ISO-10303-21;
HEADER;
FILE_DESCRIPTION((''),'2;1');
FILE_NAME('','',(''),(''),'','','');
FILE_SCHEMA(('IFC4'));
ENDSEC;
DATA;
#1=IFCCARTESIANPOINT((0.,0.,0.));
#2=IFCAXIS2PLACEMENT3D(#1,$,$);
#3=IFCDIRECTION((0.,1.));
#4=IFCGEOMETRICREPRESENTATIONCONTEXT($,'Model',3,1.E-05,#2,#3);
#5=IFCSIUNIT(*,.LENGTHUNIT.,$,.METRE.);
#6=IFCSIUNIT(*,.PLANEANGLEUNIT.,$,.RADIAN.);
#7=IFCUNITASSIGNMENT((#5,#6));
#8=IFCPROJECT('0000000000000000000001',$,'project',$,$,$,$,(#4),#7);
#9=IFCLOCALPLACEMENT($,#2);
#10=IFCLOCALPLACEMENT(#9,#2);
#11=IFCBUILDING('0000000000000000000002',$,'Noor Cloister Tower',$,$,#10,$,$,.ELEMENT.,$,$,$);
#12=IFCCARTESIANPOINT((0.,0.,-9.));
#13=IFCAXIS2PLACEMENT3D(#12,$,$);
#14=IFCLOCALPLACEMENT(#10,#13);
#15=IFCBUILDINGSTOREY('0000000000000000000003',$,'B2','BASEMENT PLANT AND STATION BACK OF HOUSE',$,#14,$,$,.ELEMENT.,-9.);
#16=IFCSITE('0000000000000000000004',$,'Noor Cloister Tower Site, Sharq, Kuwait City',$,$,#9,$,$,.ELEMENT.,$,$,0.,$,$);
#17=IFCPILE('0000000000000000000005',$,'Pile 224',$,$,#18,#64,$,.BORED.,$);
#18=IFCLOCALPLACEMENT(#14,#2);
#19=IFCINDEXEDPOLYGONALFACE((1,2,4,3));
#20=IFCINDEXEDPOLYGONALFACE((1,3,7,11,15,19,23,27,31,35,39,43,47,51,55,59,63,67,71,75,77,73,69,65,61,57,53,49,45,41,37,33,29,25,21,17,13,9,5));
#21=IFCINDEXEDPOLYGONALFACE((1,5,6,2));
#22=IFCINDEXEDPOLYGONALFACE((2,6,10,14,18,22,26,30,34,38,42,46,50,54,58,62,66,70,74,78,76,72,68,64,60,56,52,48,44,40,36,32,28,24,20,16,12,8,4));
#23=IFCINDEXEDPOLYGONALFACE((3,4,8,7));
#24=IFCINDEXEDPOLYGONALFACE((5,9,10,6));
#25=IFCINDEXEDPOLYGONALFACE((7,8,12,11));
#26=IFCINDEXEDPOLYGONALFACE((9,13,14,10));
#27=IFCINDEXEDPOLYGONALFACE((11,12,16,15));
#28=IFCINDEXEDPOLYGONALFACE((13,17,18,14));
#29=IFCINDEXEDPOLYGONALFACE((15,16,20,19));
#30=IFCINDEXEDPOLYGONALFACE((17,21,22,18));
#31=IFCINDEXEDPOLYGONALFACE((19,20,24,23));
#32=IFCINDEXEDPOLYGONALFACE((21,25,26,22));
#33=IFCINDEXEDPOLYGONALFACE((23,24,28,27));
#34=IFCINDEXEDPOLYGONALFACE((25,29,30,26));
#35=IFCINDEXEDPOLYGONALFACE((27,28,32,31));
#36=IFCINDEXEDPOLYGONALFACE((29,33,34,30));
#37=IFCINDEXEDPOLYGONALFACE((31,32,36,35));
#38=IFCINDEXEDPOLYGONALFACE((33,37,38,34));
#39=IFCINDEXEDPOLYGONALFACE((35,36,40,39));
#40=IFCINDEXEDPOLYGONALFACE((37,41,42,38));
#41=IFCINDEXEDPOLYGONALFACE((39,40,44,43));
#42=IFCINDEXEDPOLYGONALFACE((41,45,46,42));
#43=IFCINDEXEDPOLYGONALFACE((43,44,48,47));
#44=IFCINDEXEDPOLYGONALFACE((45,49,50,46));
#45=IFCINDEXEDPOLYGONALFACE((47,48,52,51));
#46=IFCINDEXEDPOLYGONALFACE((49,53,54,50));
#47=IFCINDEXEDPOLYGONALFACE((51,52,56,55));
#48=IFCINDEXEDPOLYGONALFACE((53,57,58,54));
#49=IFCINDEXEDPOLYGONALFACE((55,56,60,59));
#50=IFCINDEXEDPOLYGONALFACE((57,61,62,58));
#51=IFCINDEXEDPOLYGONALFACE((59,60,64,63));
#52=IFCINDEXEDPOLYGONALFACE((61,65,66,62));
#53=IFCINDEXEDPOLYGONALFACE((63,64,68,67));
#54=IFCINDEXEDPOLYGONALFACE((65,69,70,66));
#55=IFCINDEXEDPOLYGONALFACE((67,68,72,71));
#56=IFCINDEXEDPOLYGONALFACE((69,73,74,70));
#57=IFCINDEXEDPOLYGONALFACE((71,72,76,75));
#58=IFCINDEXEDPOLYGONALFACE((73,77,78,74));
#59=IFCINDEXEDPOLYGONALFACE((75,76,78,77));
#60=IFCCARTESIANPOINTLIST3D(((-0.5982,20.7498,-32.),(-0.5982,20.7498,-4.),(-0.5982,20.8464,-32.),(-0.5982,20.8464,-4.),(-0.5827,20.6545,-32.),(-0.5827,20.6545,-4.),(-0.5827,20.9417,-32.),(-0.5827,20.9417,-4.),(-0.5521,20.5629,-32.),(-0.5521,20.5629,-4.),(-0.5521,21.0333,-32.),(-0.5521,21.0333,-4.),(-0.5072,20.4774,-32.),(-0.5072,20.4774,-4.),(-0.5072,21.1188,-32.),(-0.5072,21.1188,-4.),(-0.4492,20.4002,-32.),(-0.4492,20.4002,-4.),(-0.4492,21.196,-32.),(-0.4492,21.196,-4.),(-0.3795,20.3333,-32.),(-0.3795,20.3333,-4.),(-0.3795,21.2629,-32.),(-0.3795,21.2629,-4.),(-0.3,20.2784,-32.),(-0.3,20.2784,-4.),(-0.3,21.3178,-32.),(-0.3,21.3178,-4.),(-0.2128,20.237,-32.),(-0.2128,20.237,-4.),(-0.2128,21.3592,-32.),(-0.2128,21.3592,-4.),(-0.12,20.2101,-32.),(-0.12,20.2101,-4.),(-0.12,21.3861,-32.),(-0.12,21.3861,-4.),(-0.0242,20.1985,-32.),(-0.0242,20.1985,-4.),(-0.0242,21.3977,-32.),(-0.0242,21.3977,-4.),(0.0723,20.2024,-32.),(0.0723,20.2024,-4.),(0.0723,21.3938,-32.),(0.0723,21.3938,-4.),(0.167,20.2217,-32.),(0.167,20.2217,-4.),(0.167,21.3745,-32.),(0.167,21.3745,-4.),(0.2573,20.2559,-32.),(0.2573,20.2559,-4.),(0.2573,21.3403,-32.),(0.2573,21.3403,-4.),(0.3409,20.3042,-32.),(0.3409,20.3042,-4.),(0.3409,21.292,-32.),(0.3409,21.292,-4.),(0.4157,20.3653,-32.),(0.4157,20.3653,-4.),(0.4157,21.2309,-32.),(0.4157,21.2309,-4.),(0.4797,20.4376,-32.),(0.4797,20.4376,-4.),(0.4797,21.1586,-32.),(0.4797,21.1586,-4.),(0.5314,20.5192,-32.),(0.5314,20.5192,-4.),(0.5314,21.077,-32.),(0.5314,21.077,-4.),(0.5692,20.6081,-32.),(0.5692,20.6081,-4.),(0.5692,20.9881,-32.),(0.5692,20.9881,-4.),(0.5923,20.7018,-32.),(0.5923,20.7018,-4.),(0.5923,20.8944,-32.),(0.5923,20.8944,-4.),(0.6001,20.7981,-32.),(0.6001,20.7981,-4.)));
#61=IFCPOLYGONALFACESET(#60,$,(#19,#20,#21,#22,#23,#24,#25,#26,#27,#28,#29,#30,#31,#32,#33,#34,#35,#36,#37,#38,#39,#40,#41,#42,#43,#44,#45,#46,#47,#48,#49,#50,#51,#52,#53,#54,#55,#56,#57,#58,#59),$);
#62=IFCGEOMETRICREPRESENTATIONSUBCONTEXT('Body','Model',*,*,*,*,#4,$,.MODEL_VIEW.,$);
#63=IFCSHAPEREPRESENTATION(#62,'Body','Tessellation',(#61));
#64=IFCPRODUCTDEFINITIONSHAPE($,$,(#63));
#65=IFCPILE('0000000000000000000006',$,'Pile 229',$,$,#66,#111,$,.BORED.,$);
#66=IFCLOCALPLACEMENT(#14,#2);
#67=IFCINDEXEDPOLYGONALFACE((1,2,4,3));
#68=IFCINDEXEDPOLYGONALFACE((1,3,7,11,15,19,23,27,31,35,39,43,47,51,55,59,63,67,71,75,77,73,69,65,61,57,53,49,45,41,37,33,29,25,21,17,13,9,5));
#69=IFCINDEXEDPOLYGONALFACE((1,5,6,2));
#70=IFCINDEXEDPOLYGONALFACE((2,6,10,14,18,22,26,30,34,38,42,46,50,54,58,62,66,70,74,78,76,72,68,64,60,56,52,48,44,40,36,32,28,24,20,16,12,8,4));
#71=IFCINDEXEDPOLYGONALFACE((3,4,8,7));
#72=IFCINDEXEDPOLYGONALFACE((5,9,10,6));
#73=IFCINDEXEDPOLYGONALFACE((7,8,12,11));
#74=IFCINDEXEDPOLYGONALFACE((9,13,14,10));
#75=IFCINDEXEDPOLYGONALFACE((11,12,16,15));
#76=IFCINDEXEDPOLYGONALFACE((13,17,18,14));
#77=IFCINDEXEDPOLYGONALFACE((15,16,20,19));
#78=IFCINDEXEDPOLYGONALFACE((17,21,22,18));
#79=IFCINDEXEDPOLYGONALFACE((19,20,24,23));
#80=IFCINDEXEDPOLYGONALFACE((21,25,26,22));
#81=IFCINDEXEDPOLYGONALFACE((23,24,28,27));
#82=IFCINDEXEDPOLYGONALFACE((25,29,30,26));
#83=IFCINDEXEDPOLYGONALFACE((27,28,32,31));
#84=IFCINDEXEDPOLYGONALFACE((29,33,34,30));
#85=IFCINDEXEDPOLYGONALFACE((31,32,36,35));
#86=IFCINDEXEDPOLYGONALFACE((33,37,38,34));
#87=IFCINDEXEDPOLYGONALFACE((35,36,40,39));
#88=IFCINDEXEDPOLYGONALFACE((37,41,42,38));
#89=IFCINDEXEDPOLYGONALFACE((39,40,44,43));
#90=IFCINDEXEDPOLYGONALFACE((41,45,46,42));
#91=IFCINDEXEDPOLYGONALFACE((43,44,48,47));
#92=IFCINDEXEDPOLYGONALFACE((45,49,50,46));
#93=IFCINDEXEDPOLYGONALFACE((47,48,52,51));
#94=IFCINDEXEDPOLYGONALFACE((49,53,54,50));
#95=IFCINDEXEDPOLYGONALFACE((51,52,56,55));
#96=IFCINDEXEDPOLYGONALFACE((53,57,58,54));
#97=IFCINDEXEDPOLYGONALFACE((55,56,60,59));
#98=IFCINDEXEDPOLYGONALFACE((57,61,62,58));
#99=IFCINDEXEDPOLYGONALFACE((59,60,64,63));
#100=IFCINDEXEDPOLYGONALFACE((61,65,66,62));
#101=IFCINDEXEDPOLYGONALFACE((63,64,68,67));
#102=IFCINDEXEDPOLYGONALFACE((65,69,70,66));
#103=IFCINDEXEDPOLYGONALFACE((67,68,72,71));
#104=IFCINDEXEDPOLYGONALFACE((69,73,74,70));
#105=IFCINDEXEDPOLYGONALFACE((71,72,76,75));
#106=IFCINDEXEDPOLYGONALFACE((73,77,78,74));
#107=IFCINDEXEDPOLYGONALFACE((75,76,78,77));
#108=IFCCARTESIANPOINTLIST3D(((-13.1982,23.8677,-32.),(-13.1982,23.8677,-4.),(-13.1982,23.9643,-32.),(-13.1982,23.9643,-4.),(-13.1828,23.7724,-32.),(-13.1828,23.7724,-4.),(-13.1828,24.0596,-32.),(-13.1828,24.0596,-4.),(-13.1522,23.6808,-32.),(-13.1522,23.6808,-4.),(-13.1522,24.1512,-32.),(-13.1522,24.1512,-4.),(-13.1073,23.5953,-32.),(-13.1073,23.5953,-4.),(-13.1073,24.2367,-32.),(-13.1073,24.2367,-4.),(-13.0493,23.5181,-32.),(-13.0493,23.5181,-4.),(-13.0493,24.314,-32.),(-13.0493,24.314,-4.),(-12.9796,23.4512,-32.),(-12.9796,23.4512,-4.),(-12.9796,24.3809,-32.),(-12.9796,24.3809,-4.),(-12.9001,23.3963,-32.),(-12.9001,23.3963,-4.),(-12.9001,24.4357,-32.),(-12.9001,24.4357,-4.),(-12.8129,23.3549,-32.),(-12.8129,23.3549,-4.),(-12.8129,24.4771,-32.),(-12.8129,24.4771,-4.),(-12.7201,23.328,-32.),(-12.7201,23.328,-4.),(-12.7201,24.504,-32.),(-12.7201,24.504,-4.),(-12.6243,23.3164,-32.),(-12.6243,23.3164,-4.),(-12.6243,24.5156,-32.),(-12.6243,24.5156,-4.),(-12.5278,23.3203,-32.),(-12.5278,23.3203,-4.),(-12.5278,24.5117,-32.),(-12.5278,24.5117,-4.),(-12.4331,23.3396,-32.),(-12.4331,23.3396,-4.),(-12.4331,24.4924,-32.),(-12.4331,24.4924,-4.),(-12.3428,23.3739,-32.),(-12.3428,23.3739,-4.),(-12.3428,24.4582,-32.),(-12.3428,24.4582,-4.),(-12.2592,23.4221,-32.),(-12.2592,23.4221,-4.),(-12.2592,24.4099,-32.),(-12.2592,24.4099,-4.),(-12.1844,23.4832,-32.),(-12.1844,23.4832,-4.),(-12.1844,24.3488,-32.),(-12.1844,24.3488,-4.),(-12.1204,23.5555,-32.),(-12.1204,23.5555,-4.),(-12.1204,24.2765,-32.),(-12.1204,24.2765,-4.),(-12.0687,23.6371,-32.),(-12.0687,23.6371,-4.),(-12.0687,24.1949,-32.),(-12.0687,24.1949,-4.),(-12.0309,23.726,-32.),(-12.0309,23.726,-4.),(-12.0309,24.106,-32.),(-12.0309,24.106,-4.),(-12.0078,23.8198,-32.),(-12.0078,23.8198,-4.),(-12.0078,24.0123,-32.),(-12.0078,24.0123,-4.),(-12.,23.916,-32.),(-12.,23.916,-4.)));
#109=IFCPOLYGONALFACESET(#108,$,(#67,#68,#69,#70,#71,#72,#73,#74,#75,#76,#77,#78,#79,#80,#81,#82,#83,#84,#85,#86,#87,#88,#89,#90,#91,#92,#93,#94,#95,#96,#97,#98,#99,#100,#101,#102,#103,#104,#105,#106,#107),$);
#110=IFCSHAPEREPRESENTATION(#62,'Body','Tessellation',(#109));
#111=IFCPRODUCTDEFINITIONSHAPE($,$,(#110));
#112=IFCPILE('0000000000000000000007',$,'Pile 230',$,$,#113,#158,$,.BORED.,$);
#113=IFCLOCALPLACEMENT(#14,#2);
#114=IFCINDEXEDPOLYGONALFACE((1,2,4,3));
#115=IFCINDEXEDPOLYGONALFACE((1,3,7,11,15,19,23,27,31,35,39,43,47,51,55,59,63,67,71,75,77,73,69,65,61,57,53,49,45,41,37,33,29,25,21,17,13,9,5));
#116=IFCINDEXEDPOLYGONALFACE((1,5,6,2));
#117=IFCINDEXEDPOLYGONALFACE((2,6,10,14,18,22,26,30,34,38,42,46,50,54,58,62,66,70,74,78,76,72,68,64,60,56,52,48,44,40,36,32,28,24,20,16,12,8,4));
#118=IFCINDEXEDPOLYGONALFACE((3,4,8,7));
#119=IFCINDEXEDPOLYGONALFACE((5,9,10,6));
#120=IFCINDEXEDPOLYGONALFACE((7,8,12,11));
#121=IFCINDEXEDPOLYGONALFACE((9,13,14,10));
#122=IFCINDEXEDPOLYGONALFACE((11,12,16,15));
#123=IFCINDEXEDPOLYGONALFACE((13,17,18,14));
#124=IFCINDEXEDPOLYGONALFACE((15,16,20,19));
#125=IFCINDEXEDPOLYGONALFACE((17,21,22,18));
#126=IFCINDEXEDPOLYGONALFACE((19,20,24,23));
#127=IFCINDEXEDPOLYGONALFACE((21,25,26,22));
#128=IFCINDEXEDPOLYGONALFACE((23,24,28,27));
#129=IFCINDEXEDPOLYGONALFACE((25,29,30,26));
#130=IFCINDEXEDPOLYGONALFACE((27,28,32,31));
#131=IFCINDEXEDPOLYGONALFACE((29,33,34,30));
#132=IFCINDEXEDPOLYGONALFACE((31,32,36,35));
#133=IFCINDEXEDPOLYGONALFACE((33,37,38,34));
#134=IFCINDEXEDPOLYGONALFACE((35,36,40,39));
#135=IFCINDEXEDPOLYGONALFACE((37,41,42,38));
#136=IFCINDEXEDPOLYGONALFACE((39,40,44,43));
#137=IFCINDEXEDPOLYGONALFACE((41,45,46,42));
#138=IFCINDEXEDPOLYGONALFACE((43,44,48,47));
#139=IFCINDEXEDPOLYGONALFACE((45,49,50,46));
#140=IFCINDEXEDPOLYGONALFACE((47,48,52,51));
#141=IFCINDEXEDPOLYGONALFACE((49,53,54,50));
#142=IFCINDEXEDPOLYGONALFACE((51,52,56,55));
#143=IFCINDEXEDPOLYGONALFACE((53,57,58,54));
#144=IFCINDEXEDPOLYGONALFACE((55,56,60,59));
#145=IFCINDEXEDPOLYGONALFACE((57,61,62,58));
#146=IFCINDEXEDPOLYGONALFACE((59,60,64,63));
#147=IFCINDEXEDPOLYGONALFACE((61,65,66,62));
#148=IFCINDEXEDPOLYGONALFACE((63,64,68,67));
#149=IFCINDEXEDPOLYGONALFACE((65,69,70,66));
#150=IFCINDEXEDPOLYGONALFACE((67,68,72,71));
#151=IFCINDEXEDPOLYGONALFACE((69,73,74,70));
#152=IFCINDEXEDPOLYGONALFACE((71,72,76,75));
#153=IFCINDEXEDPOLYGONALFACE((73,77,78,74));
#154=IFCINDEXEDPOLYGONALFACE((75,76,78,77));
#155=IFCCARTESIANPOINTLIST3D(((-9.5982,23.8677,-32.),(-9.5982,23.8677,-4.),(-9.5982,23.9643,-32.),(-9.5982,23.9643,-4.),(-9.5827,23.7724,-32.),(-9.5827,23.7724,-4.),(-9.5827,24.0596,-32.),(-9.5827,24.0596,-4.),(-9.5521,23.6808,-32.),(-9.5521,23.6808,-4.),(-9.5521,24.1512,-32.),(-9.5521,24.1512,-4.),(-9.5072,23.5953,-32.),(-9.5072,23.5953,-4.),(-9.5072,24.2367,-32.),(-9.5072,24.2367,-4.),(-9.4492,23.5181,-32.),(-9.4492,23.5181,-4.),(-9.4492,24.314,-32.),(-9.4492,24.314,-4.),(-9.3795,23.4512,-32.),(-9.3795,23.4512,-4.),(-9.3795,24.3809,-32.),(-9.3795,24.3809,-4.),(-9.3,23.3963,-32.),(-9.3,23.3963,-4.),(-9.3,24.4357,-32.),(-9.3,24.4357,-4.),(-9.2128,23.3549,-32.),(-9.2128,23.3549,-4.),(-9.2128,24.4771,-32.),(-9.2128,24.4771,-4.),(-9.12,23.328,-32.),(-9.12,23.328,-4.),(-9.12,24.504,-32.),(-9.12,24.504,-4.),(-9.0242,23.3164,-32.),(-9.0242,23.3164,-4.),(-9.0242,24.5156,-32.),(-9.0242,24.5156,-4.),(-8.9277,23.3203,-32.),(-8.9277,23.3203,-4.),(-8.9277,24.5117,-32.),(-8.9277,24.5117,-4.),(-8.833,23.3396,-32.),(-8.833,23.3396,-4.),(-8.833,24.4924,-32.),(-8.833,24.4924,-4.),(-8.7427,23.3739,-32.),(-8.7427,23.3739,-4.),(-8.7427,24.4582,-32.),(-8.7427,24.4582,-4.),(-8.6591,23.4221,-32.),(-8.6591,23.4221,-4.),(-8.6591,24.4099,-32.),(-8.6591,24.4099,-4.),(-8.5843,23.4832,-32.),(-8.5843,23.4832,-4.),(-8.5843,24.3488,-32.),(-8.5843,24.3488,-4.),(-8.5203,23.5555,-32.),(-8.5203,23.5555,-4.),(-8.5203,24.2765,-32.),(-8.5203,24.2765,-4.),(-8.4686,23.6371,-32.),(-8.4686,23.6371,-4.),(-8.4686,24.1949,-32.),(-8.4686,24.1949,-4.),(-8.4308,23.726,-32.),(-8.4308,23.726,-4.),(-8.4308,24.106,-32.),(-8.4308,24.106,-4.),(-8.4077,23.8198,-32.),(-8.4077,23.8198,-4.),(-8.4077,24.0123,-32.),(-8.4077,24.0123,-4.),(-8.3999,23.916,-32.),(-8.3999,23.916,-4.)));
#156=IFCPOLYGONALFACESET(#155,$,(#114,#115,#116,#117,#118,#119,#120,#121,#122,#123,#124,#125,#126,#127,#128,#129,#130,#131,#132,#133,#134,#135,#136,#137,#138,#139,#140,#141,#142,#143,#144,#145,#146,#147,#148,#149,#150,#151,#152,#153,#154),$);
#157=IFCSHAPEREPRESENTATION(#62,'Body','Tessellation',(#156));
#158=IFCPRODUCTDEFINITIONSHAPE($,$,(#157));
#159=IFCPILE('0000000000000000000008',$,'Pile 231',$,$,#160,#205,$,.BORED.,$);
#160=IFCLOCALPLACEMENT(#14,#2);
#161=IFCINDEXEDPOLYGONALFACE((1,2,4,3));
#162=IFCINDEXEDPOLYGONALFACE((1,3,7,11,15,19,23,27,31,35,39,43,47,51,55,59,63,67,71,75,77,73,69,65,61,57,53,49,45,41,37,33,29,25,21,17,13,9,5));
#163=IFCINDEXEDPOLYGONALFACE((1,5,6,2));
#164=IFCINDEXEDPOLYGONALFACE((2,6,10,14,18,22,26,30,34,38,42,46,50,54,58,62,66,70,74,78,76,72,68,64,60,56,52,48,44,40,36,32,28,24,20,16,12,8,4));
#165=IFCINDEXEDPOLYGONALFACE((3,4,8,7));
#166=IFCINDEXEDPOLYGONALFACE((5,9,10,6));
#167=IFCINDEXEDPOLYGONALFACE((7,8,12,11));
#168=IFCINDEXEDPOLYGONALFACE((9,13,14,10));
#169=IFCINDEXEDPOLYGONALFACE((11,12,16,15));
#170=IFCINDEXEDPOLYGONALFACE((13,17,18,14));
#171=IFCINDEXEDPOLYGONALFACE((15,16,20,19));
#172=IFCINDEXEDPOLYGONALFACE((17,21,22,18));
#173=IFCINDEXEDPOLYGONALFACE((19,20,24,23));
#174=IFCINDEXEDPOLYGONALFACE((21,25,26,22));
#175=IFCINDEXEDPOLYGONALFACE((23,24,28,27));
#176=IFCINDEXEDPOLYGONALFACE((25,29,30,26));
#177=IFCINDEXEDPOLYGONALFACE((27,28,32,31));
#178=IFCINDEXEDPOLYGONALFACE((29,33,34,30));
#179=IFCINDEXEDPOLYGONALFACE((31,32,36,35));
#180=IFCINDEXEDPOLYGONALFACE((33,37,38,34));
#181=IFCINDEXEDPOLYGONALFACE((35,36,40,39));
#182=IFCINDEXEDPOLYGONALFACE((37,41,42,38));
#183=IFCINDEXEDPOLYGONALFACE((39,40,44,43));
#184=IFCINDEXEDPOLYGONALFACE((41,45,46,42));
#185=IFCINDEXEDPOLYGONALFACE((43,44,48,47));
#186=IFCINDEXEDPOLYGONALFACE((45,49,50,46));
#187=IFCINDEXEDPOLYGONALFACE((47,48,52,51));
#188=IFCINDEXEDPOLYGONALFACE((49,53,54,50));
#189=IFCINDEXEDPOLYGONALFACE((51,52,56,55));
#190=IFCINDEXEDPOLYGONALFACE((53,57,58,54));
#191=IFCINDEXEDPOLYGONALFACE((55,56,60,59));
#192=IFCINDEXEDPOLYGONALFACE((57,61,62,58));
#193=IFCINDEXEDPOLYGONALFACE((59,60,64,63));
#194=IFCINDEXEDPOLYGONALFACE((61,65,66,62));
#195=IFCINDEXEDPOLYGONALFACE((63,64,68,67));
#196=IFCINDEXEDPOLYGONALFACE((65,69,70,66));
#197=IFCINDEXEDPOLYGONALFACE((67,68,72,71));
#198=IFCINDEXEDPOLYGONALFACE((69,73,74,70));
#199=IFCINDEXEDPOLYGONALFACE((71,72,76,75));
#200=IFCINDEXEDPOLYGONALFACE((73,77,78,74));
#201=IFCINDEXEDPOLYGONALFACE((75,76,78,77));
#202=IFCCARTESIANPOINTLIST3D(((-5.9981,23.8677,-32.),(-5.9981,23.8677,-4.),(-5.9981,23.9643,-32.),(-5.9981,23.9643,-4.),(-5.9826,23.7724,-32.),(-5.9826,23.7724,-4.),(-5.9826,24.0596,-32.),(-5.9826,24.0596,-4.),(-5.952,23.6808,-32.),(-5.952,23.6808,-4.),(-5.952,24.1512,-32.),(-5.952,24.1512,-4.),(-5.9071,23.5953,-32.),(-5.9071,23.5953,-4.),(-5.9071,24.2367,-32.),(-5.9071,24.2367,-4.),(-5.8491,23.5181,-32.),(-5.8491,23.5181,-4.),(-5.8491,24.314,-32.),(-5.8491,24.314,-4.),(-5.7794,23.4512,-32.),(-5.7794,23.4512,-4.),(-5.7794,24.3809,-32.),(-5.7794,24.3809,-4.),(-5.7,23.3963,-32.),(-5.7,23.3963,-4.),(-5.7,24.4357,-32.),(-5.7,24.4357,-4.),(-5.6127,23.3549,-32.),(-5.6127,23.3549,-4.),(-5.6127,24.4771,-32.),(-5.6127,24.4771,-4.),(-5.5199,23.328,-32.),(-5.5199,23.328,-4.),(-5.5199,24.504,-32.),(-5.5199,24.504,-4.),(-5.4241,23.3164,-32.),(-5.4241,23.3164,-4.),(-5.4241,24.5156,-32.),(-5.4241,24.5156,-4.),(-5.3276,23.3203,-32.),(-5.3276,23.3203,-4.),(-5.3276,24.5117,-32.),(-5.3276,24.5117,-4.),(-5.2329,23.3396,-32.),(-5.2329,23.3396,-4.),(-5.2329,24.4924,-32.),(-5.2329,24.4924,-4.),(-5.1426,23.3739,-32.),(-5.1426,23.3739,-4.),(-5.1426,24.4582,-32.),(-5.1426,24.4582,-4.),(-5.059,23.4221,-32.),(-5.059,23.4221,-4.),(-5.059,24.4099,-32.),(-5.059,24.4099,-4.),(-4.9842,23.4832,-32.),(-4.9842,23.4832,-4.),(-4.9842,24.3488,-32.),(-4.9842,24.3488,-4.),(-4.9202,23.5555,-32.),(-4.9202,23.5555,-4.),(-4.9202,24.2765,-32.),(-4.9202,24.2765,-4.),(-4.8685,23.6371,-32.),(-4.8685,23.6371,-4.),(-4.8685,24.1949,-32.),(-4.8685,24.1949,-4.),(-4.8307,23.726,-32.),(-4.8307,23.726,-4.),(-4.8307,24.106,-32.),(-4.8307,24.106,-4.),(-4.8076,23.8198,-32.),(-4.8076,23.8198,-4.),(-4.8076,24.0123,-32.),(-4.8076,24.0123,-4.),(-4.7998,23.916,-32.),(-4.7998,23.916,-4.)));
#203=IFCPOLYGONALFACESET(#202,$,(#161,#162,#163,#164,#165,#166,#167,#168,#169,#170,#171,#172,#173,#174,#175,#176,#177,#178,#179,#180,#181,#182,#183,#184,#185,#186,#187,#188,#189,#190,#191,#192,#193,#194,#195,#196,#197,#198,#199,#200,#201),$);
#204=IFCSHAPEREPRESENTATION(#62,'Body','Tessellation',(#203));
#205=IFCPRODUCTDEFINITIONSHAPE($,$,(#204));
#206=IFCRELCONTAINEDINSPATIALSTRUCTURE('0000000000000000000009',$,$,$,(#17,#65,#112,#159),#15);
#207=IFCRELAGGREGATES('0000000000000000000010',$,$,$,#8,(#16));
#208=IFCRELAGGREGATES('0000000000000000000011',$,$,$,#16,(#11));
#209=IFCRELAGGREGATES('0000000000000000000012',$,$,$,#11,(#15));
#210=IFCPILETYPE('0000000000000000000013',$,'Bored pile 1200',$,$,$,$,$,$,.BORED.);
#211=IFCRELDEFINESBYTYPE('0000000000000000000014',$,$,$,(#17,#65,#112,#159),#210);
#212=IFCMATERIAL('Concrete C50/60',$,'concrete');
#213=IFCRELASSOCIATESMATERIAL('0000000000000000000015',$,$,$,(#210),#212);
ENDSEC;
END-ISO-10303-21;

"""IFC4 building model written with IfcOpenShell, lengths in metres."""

from ifc_helpers import new_model, si_unit, direction, frame, origin, origin_2d, place, context, subcontext, project, spatial, circle, extrude, material, material_profile, profile_set, type_object, element, save


model = new_model("IFC4")

# Units and contexts
model_context = context("Model", 3, precision=1e-05, world=origin(), true_north=direction((0.0, 1.0)))
body_context = subcontext(model_context, "Body", "Model", "MODEL_VIEW")
ifc_project = project(units=[si_unit("LENGTHUNIT", "METRE"), si_unit("PLANEANGLEUNIT", "RADIAN")], contexts=[model_context])

# Site, building, storey
site_placement = place(None, origin())
site = spatial("IfcSite", under=ifc_project, at=site_placement, Name="Noor Cloister Tower Site, Sharq, Kuwait City", CompositionType="ELEMENT", RefElevation=0.0)
building_placement = place(site_placement, origin())
building = spatial("IfcBuilding", under=site, at=building_placement, Name="Noor Cloister Tower", CompositionType="ELEMENT")
storey_placement = place(building_placement, frame((0.0, 0.0, -9.0)))
storey = spatial("IfcBuildingStorey", under=building, at=storey_placement, Name="B2", Description="BASEMENT PLANT AND STATION BACK OF HOUSE", CompositionType="ELEMENT", Elevation=-9.0)

# Piles
ifc_material_1 = material(Name="Concrete C50/60", Category="concrete")
ifc_material_profile_1 = material_profile(ifc_material_1, circle(Radius=0.6001, at=origin_2d()), Name="Bored pile 1200")
ifc_profile_set_1 = profile_set([ifc_material_profile_1], Name="Concrete C50/60")
pile_type = type_object("IfcPileType", Name="Bored pile 1200", PredefinedType="BORED", material=ifc_profile_set_1)
for number, where, z_axis, x_axis, name in (
    (1, (0.0, 20.7981, -4.0), (0.0, 0.0, -1.0), (1.0, 0.0, 0.0), "Pile 224"),
    (2, (-12.6001, 23.916, -4.0), (0.0, 0.0, -1.0), (1.0, 0.0, 0.0), "Pile 229"),
    (3, (-9.0, 23.916, -4.0), (0.0, 0.0, -1.0), (1.0, 0.0, 0.0), "Pile 230"),
    (4, (-5.3999, 23.916, -4.0), (0.0, 0.0, -1.0), (1.0, 0.0, 0.0), "Pile 231"),
):
    element("IfcPile", number, at=place(storey_placement, frame(where, z_axis=z_axis, x_axis=x_axis)), inside=storey, type_object=pile_type, Name=name, PredefinedType="BORED", context=body_context, shape_type="SweptSolid", body=[
        extrude(circle(Radius=0.6001, at=origin_2d()), origin(), (0.0, 0.0, 1.0), 28.0),
    ])

save(model, "model.ifc")
